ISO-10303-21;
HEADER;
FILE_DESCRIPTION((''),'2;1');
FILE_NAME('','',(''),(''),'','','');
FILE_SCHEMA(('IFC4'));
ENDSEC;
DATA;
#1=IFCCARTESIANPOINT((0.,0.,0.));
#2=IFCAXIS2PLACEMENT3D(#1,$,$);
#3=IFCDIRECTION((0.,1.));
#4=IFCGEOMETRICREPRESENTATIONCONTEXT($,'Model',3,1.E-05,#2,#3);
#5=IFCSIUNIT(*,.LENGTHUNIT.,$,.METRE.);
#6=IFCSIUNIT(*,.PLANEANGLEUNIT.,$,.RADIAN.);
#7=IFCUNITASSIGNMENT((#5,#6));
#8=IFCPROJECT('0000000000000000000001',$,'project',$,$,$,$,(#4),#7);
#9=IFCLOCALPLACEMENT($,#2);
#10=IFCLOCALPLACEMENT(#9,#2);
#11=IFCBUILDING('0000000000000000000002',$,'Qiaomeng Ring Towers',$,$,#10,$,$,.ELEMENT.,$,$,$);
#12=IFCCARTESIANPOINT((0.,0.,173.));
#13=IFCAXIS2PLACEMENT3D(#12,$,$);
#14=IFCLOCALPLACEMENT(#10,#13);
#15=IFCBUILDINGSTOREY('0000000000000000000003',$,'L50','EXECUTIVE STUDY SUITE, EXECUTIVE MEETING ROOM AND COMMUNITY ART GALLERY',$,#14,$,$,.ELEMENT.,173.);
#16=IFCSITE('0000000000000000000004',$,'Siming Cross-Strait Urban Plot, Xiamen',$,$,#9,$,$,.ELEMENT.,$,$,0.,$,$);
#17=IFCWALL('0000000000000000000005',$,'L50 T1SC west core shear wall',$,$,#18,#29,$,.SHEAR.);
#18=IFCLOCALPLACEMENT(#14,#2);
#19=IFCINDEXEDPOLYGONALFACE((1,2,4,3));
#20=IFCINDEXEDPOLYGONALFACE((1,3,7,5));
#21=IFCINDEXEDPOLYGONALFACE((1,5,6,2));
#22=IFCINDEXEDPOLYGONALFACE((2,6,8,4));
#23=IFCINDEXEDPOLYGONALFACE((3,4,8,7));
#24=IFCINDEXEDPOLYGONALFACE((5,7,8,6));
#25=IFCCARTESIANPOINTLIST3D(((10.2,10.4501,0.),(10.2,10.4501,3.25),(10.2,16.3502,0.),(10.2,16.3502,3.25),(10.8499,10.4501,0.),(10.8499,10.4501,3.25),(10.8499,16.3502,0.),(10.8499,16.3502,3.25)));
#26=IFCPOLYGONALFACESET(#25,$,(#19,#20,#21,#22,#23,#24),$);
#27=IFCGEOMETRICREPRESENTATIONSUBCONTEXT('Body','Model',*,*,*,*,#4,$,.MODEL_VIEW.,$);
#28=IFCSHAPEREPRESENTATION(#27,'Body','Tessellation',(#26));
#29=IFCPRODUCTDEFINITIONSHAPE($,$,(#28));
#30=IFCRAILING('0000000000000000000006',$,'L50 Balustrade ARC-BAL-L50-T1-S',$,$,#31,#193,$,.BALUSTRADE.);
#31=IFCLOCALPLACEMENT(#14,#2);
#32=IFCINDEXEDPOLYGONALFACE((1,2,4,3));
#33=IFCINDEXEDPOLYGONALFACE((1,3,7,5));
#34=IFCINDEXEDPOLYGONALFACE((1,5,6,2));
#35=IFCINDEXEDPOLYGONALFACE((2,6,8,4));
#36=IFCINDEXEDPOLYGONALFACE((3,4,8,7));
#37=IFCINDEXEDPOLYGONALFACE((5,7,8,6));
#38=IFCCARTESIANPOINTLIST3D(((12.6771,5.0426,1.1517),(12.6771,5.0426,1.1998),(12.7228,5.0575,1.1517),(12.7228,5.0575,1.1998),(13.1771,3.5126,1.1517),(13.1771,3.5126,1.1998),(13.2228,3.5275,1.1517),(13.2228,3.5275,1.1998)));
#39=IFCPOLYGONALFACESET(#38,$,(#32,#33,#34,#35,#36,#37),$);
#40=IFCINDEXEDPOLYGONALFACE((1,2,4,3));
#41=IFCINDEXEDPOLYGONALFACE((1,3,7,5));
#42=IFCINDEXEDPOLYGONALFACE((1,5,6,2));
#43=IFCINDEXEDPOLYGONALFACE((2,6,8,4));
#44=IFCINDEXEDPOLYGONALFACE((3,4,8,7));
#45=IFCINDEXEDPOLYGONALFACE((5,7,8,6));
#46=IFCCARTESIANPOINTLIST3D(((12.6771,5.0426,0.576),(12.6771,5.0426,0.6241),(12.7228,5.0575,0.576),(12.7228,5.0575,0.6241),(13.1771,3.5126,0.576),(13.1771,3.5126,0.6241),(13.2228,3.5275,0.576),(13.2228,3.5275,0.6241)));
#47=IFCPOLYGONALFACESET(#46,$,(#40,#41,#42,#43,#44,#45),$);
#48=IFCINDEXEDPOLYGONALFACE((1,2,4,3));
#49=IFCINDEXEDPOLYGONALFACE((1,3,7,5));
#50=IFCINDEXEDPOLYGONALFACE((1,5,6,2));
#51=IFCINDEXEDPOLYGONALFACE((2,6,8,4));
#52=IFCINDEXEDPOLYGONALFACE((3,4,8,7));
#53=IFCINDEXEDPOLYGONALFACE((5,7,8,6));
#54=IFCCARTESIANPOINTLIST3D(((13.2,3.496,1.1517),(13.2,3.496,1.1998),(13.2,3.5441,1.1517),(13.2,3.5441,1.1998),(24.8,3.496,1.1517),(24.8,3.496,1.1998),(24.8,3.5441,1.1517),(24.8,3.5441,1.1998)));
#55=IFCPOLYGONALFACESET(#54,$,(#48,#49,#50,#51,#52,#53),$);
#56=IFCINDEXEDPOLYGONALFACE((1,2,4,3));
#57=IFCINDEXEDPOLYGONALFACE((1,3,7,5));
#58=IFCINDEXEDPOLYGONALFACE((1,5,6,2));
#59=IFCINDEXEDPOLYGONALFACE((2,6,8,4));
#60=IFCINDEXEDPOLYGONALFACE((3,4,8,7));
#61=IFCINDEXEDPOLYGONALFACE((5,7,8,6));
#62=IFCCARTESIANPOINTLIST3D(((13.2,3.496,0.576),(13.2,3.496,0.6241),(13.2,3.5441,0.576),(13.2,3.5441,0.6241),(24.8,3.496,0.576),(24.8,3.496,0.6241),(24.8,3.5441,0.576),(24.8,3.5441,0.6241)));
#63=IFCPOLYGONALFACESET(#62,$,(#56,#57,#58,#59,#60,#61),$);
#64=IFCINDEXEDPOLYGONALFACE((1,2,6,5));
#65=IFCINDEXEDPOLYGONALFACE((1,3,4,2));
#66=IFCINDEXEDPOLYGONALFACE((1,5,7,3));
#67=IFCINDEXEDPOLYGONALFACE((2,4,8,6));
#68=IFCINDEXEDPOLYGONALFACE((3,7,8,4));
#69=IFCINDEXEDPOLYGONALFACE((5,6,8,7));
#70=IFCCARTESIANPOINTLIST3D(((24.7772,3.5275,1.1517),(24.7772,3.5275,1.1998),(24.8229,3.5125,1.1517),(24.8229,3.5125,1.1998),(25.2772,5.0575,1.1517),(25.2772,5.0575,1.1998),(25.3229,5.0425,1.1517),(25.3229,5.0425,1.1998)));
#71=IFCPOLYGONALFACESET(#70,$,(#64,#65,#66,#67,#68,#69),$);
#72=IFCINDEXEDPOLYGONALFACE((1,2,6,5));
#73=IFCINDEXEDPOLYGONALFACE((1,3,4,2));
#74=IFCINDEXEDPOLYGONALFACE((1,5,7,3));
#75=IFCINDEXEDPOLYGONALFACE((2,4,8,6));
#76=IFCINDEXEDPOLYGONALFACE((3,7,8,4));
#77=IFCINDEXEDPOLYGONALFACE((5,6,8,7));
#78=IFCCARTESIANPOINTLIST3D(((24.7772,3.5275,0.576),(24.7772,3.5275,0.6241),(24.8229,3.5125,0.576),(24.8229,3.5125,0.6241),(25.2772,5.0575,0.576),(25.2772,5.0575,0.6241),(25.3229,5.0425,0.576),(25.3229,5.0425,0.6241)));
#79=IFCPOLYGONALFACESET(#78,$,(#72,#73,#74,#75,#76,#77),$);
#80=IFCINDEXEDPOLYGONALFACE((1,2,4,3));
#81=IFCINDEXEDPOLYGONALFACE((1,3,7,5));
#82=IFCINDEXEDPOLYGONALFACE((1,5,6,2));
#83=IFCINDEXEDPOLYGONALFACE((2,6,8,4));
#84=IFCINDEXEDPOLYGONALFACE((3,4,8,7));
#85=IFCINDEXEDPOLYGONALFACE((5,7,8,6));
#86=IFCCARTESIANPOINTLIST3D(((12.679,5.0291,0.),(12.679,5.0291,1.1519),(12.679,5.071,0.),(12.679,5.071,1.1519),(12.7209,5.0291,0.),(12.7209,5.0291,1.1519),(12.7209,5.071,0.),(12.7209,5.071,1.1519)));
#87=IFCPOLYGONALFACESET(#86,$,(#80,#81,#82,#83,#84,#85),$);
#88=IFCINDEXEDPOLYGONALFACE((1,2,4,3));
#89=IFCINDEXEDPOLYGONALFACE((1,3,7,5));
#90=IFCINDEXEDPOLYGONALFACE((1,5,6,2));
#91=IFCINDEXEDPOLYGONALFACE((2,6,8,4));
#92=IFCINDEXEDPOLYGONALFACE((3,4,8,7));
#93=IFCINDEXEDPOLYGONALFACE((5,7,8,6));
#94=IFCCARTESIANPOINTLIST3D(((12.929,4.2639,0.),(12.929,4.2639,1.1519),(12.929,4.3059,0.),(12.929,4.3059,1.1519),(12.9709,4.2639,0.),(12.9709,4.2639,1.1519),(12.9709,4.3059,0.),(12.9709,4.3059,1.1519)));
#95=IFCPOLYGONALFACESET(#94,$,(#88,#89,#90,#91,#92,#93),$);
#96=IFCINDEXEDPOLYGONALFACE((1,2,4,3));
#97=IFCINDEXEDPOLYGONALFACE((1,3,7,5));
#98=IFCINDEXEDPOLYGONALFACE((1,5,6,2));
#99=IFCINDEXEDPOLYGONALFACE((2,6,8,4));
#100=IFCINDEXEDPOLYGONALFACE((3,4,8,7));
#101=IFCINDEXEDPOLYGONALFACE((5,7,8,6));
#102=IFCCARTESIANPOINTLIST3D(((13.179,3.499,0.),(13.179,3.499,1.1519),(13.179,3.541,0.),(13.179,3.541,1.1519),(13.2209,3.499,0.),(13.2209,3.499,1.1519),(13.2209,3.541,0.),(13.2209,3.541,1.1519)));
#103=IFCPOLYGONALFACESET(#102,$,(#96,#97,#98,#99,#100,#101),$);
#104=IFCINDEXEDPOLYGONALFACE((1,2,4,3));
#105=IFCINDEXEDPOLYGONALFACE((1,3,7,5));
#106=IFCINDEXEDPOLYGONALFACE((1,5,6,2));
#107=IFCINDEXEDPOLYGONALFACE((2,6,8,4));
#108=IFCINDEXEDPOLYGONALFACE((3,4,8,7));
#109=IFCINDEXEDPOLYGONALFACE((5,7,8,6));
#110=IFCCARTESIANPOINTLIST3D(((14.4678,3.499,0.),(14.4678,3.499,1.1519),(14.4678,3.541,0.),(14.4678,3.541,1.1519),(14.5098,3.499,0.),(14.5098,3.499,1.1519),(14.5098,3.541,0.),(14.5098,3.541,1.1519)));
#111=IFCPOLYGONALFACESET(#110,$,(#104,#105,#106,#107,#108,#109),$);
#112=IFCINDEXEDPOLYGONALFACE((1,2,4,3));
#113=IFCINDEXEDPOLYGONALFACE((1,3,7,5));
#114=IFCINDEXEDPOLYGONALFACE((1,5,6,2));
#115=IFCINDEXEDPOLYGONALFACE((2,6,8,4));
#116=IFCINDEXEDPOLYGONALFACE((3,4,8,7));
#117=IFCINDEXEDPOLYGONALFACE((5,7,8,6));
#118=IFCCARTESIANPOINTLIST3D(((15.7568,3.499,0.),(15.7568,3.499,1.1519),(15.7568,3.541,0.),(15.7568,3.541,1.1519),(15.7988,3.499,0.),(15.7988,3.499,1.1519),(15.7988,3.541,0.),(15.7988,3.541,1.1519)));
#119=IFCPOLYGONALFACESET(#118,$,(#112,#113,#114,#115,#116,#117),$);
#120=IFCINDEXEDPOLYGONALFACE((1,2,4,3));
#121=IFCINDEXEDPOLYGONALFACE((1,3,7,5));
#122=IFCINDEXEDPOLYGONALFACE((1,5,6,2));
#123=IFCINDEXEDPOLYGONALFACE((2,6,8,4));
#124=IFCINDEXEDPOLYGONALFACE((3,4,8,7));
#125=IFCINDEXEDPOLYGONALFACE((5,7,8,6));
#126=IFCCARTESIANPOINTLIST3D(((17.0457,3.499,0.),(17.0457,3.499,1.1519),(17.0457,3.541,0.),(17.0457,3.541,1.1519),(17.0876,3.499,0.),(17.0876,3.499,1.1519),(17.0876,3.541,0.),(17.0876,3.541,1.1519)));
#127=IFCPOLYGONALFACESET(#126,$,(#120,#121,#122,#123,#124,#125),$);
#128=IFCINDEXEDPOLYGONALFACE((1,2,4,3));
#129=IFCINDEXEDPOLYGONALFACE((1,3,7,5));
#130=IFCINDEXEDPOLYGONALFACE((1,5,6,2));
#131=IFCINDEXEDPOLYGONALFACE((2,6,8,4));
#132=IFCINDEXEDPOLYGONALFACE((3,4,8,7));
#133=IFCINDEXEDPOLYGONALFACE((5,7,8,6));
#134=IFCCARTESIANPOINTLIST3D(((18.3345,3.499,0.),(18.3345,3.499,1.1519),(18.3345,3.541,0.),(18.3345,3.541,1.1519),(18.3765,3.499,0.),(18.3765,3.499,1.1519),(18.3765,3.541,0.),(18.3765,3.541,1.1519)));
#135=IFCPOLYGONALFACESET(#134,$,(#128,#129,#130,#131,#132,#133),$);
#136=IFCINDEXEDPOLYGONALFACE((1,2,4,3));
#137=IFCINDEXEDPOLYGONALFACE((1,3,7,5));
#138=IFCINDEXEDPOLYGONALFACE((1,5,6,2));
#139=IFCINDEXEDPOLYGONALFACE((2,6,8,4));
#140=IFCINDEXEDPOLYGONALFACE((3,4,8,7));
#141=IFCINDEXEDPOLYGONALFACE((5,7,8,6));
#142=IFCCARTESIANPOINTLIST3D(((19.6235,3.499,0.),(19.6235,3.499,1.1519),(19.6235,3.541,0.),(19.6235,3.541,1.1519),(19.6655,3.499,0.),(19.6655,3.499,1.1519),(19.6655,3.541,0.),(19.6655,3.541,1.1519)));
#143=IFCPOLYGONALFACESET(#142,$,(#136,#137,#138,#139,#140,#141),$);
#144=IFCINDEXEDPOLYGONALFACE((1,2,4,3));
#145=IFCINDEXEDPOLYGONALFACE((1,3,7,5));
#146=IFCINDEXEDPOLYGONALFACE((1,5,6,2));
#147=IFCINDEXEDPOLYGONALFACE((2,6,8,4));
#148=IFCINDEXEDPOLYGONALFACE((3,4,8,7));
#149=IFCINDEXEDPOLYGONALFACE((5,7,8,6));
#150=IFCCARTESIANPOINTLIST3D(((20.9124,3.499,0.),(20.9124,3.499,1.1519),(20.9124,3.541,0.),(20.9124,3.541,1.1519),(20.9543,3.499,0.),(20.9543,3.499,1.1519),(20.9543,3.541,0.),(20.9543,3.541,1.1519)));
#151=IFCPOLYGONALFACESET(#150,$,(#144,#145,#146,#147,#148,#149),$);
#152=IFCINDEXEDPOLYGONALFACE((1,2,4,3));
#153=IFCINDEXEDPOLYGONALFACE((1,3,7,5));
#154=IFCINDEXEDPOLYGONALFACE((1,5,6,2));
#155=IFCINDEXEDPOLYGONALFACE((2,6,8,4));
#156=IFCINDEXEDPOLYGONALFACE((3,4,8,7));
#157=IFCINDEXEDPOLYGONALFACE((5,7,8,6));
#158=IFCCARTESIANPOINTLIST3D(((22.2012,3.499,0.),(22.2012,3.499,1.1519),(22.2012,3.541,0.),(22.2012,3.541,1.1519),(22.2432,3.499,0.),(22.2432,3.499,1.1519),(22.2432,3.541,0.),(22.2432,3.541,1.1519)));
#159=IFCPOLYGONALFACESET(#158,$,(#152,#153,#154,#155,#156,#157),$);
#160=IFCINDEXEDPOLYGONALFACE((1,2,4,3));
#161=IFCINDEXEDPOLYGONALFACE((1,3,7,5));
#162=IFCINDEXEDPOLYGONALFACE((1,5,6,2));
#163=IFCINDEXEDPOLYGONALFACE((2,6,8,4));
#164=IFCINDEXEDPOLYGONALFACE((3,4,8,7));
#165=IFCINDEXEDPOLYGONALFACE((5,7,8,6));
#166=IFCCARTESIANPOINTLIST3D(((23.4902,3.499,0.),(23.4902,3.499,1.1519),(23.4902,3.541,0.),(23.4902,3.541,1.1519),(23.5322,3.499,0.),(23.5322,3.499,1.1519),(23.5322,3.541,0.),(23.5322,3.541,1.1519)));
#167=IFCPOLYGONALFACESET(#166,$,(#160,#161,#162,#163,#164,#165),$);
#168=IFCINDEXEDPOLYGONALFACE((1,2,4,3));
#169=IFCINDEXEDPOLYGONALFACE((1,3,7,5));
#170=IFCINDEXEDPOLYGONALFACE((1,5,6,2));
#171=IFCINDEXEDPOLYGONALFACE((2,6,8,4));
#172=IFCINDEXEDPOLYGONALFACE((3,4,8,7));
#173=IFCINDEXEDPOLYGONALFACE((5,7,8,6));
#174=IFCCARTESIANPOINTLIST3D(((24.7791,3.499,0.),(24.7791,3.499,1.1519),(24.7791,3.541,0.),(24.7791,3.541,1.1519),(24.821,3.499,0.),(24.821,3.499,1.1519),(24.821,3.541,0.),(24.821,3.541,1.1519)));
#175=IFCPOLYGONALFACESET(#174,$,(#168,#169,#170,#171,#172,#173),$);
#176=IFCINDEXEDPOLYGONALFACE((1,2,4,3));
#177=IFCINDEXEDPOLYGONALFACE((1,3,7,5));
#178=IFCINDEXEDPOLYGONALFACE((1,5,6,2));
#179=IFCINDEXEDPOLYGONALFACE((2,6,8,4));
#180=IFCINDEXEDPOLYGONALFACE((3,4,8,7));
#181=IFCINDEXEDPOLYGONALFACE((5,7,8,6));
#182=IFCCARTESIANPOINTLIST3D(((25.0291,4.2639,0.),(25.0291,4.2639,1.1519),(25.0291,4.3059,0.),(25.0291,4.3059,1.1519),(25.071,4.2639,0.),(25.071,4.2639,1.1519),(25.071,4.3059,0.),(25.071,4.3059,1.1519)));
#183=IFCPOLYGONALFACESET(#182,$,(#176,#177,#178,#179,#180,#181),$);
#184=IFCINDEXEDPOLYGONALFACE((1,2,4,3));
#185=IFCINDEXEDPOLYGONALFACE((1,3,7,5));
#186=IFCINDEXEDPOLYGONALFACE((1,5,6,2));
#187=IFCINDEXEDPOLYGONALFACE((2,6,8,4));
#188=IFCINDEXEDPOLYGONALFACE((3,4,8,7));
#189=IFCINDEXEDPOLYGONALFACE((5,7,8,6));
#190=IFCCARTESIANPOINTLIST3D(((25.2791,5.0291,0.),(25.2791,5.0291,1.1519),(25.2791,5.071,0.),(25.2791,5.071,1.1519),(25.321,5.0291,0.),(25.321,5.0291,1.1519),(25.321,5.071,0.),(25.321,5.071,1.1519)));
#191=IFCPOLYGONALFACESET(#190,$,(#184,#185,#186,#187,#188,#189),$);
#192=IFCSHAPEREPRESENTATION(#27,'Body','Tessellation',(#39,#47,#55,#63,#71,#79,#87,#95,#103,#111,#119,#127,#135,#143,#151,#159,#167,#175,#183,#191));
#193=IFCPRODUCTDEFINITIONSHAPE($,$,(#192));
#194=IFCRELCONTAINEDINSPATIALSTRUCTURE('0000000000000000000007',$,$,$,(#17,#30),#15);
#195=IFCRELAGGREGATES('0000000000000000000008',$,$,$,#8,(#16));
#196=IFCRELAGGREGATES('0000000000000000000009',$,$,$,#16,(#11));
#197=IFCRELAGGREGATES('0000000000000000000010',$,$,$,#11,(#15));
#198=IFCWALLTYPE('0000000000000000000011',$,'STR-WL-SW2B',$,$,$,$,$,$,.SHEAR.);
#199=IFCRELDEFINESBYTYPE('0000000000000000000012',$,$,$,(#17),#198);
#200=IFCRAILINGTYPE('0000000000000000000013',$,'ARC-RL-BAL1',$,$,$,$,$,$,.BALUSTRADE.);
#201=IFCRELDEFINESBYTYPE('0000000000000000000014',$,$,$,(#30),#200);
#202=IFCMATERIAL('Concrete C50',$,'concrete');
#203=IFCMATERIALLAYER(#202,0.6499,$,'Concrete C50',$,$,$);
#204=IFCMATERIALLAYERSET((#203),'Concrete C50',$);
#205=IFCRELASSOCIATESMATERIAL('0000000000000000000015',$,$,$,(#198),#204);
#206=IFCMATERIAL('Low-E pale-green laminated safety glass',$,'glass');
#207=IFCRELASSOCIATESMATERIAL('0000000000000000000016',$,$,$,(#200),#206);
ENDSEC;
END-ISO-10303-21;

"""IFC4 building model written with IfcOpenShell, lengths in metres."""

from ifc_helpers import new_model, si_unit, direction, frame, frame_2d, origin, origin_2d, place, context, subcontext, project, spatial, rectangle, extrude, material, layer, layer_set, type_object, element, save


model = new_model("IFC4")

# Units and contexts
model_context = context("Model", 3, precision=1e-05, world=origin(), true_north=direction((0.0, 1.0)))
body_context = subcontext(model_context, "Body", "Model", "MODEL_VIEW")
ifc_project = project(units=[si_unit("LENGTHUNIT", "METRE"), si_unit("PLANEANGLEUNIT", "RADIAN")], contexts=[model_context])

# Site, building, storey
site_placement = place(None, origin())
site = spatial("IfcSite", under=ifc_project, at=site_placement, Name="Siming Cross-Strait Urban Plot, Xiamen", CompositionType="ELEMENT", RefElevation=0.0)
building_placement = place(site_placement, origin())
building = spatial("IfcBuilding", under=site, at=building_placement, Name="Qiaomeng Ring Towers", CompositionType="ELEMENT")
storey_placement = place(building_placement, frame((0.0, 0.0, 173.0)))
storey = spatial("IfcBuildingStorey", under=building, at=storey_placement, Name="L50", Description="EXECUTIVE STUDY SUITE, EXECUTIVE MEETING ROOM AND COMMUNITY ART GALLERY", CompositionType="ELEMENT", Elevation=173.0)

# Shared definitions
ifc_material_1 = material(Name="Concrete C50", Category="concrete")
ifc_layer_1 = layer(ifc_material_1, 0.6499, Name="Concrete C50")
ifc_layer_set_1 = layer_set([ifc_layer_1], Name="Concrete C50")
wall_type_1 = type_object("IfcWallType", Name="STR-WL-SW2B", PredefinedType="SHEAR", material=ifc_layer_set_1)

# Wall
wall_1_placement = place(storey_placement, frame((10.5249, 10.45, 0.0), z_axis=(0.0, 0.0, 1.0), x_axis=(0.0, 1.0, 0.0)))
element("IfcWall", 1, at=wall_1_placement, inside=storey, type_object=wall_type_1, Name="L50 T1SC west core shear wall", PredefinedType="SHEAR", context=body_context, shape_type="SweptSolid", body=[
    extrude(rectangle(XDim=5.9001, YDim=0.6499, at=frame_2d((2.9502, 0.0))), origin(), (0.0, 0.0, 1.0), 3.25),
])

# Railing
ifc_material_2 = material(Name="Low-E pale-green laminated safety glass", Category="glass")
railing_type = type_object("IfcRailingType", Name="ARC-RL-BAL1", PredefinedType="BALUSTRADE", material=ifc_material_2)
railing_placement = place(storey_placement, frame((12.7, 5.05, 0.0)))
element("IfcRailing", 2, at=railing_placement, inside=storey, type_object=railing_type, Name="L50 Balustrade ARC-BAL-L50-T1-S", PredefinedType="BALUSTRADE", context=body_context, shape_type="SweptSolid", body=[
    extrude(rectangle(XDim=0.0481, YDim=0.0481, at=origin_2d()), frame((0.0, 0.0, 1.1758), z_axis=(0.310626, -0.950532, 0.0), x_axis=(0.950532, 0.310626, 0.0)), (0.0, 0.0, 1.0), 1.6096),
    extrude(rectangle(XDim=0.0481, YDim=0.0481, at=origin_2d()), frame((0.0, 0.0, 0.6001), z_axis=(0.310626, -0.950532, 0.0), x_axis=(0.950532, 0.310626, 0.0)), (0.0, 0.0, 1.0), 1.6096),
    extrude(rectangle(XDim=0.0481, YDim=0.0481, at=origin_2d()), frame((0.5, -1.53, 1.1758), z_axis=(1.0, 0.0, 0.0), x_axis=(0.0, 1.0, 0.0)), (0.0, 0.0, 1.0), 11.6001),
    extrude(rectangle(XDim=0.0481, YDim=0.0481, at=origin_2d()), frame((0.5, -1.53, 0.6001), z_axis=(1.0, 0.0, 0.0), x_axis=(0.0, 1.0, 0.0)), (0.0, 0.0, 1.0), 11.6001),
    extrude(rectangle(XDim=0.0481, YDim=0.0481, at=origin_2d()), frame((12.1001, -1.53, 1.1758), z_axis=(0.310626, 0.950532, 0.0), x_axis=(-0.950532, 0.310626, 0.0)), (0.0, 0.0, 1.0), 1.6096),
    extrude(rectangle(XDim=0.0481, YDim=0.0481, at=origin_2d()), frame((12.1001, -1.53, 0.6001), z_axis=(0.310626, 0.950532, 0.0), x_axis=(-0.950532, 0.310626, 0.0)), (0.0, 0.0, 1.0), 1.6096),
    extrude(rectangle(XDim=0.042, YDim=0.042, at=origin_2d()), origin(), (0.0, 0.0, 1.0), 1.1519),
    extrude(rectangle(XDim=0.042, YDim=0.042, at=origin_2d()), frame((0.25, -0.7651, 0.0)), (0.0, 0.0, 1.0), 1.1519),
    extrude(rectangle(XDim=0.042, YDim=0.042, at=origin_2d()), frame((0.5, -1.53, 0.0)), (0.0, 0.0, 1.0), 1.1519),
    extrude(rectangle(XDim=0.042, YDim=0.042, at=origin_2d()), frame((1.7888, -1.53, 0.0)), (0.0, 0.0, 1.0), 1.1519),
    extrude(rectangle(XDim=0.042, YDim=0.042, at=origin_2d()), frame((3.0779, -1.53, 0.0)), (0.0, 0.0, 1.0), 1.1519),
    extrude(rectangle(XDim=0.042, YDim=0.042, at=origin_2d()), frame((4.3667, -1.53, 0.0)), (0.0, 0.0, 1.0), 1.1519),
    extrude(rectangle(XDim=0.042, YDim=0.042, at=origin_2d()), frame((5.6555, -1.53, 0.0)), (0.0, 0.0, 1.0), 1.1519),
    extrude(rectangle(XDim=0.042, YDim=0.042, at=origin_2d()), frame((6.9446, -1.53, 0.0)), (0.0, 0.0, 1.0), 1.1519),
    extrude(rectangle(XDim=0.042, YDim=0.042, at=origin_2d()), frame((8.2334, -1.53, 0.0)), (0.0, 0.0, 1.0), 1.1519),
    extrude(rectangle(XDim=0.042, YDim=0.042, at=origin_2d()), frame((9.5222, -1.53, 0.0)), (0.0, 0.0, 1.0), 1.1519),
    extrude(rectangle(XDim=0.042, YDim=0.042, at=origin_2d()), frame((10.8113, -1.53, 0.0)), (0.0, 0.0, 1.0), 1.1519),
    extrude(rectangle(XDim=0.042, YDim=0.042, at=origin_2d()), frame((12.1001, -1.53, 0.0)), (0.0, 0.0, 1.0), 1.1519),
    extrude(rectangle(XDim=0.042, YDim=0.042, at=origin_2d()), frame((12.3501, -0.7651, 0.0)), (0.0, 0.0, 1.0), 1.1519),
    extrude(rectangle(XDim=0.042, YDim=0.042, at=origin_2d()), frame((12.6001, 0.0, 0.0)), (0.0, 0.0, 1.0), 1.1519),
])

save(model, "model.ifc")
